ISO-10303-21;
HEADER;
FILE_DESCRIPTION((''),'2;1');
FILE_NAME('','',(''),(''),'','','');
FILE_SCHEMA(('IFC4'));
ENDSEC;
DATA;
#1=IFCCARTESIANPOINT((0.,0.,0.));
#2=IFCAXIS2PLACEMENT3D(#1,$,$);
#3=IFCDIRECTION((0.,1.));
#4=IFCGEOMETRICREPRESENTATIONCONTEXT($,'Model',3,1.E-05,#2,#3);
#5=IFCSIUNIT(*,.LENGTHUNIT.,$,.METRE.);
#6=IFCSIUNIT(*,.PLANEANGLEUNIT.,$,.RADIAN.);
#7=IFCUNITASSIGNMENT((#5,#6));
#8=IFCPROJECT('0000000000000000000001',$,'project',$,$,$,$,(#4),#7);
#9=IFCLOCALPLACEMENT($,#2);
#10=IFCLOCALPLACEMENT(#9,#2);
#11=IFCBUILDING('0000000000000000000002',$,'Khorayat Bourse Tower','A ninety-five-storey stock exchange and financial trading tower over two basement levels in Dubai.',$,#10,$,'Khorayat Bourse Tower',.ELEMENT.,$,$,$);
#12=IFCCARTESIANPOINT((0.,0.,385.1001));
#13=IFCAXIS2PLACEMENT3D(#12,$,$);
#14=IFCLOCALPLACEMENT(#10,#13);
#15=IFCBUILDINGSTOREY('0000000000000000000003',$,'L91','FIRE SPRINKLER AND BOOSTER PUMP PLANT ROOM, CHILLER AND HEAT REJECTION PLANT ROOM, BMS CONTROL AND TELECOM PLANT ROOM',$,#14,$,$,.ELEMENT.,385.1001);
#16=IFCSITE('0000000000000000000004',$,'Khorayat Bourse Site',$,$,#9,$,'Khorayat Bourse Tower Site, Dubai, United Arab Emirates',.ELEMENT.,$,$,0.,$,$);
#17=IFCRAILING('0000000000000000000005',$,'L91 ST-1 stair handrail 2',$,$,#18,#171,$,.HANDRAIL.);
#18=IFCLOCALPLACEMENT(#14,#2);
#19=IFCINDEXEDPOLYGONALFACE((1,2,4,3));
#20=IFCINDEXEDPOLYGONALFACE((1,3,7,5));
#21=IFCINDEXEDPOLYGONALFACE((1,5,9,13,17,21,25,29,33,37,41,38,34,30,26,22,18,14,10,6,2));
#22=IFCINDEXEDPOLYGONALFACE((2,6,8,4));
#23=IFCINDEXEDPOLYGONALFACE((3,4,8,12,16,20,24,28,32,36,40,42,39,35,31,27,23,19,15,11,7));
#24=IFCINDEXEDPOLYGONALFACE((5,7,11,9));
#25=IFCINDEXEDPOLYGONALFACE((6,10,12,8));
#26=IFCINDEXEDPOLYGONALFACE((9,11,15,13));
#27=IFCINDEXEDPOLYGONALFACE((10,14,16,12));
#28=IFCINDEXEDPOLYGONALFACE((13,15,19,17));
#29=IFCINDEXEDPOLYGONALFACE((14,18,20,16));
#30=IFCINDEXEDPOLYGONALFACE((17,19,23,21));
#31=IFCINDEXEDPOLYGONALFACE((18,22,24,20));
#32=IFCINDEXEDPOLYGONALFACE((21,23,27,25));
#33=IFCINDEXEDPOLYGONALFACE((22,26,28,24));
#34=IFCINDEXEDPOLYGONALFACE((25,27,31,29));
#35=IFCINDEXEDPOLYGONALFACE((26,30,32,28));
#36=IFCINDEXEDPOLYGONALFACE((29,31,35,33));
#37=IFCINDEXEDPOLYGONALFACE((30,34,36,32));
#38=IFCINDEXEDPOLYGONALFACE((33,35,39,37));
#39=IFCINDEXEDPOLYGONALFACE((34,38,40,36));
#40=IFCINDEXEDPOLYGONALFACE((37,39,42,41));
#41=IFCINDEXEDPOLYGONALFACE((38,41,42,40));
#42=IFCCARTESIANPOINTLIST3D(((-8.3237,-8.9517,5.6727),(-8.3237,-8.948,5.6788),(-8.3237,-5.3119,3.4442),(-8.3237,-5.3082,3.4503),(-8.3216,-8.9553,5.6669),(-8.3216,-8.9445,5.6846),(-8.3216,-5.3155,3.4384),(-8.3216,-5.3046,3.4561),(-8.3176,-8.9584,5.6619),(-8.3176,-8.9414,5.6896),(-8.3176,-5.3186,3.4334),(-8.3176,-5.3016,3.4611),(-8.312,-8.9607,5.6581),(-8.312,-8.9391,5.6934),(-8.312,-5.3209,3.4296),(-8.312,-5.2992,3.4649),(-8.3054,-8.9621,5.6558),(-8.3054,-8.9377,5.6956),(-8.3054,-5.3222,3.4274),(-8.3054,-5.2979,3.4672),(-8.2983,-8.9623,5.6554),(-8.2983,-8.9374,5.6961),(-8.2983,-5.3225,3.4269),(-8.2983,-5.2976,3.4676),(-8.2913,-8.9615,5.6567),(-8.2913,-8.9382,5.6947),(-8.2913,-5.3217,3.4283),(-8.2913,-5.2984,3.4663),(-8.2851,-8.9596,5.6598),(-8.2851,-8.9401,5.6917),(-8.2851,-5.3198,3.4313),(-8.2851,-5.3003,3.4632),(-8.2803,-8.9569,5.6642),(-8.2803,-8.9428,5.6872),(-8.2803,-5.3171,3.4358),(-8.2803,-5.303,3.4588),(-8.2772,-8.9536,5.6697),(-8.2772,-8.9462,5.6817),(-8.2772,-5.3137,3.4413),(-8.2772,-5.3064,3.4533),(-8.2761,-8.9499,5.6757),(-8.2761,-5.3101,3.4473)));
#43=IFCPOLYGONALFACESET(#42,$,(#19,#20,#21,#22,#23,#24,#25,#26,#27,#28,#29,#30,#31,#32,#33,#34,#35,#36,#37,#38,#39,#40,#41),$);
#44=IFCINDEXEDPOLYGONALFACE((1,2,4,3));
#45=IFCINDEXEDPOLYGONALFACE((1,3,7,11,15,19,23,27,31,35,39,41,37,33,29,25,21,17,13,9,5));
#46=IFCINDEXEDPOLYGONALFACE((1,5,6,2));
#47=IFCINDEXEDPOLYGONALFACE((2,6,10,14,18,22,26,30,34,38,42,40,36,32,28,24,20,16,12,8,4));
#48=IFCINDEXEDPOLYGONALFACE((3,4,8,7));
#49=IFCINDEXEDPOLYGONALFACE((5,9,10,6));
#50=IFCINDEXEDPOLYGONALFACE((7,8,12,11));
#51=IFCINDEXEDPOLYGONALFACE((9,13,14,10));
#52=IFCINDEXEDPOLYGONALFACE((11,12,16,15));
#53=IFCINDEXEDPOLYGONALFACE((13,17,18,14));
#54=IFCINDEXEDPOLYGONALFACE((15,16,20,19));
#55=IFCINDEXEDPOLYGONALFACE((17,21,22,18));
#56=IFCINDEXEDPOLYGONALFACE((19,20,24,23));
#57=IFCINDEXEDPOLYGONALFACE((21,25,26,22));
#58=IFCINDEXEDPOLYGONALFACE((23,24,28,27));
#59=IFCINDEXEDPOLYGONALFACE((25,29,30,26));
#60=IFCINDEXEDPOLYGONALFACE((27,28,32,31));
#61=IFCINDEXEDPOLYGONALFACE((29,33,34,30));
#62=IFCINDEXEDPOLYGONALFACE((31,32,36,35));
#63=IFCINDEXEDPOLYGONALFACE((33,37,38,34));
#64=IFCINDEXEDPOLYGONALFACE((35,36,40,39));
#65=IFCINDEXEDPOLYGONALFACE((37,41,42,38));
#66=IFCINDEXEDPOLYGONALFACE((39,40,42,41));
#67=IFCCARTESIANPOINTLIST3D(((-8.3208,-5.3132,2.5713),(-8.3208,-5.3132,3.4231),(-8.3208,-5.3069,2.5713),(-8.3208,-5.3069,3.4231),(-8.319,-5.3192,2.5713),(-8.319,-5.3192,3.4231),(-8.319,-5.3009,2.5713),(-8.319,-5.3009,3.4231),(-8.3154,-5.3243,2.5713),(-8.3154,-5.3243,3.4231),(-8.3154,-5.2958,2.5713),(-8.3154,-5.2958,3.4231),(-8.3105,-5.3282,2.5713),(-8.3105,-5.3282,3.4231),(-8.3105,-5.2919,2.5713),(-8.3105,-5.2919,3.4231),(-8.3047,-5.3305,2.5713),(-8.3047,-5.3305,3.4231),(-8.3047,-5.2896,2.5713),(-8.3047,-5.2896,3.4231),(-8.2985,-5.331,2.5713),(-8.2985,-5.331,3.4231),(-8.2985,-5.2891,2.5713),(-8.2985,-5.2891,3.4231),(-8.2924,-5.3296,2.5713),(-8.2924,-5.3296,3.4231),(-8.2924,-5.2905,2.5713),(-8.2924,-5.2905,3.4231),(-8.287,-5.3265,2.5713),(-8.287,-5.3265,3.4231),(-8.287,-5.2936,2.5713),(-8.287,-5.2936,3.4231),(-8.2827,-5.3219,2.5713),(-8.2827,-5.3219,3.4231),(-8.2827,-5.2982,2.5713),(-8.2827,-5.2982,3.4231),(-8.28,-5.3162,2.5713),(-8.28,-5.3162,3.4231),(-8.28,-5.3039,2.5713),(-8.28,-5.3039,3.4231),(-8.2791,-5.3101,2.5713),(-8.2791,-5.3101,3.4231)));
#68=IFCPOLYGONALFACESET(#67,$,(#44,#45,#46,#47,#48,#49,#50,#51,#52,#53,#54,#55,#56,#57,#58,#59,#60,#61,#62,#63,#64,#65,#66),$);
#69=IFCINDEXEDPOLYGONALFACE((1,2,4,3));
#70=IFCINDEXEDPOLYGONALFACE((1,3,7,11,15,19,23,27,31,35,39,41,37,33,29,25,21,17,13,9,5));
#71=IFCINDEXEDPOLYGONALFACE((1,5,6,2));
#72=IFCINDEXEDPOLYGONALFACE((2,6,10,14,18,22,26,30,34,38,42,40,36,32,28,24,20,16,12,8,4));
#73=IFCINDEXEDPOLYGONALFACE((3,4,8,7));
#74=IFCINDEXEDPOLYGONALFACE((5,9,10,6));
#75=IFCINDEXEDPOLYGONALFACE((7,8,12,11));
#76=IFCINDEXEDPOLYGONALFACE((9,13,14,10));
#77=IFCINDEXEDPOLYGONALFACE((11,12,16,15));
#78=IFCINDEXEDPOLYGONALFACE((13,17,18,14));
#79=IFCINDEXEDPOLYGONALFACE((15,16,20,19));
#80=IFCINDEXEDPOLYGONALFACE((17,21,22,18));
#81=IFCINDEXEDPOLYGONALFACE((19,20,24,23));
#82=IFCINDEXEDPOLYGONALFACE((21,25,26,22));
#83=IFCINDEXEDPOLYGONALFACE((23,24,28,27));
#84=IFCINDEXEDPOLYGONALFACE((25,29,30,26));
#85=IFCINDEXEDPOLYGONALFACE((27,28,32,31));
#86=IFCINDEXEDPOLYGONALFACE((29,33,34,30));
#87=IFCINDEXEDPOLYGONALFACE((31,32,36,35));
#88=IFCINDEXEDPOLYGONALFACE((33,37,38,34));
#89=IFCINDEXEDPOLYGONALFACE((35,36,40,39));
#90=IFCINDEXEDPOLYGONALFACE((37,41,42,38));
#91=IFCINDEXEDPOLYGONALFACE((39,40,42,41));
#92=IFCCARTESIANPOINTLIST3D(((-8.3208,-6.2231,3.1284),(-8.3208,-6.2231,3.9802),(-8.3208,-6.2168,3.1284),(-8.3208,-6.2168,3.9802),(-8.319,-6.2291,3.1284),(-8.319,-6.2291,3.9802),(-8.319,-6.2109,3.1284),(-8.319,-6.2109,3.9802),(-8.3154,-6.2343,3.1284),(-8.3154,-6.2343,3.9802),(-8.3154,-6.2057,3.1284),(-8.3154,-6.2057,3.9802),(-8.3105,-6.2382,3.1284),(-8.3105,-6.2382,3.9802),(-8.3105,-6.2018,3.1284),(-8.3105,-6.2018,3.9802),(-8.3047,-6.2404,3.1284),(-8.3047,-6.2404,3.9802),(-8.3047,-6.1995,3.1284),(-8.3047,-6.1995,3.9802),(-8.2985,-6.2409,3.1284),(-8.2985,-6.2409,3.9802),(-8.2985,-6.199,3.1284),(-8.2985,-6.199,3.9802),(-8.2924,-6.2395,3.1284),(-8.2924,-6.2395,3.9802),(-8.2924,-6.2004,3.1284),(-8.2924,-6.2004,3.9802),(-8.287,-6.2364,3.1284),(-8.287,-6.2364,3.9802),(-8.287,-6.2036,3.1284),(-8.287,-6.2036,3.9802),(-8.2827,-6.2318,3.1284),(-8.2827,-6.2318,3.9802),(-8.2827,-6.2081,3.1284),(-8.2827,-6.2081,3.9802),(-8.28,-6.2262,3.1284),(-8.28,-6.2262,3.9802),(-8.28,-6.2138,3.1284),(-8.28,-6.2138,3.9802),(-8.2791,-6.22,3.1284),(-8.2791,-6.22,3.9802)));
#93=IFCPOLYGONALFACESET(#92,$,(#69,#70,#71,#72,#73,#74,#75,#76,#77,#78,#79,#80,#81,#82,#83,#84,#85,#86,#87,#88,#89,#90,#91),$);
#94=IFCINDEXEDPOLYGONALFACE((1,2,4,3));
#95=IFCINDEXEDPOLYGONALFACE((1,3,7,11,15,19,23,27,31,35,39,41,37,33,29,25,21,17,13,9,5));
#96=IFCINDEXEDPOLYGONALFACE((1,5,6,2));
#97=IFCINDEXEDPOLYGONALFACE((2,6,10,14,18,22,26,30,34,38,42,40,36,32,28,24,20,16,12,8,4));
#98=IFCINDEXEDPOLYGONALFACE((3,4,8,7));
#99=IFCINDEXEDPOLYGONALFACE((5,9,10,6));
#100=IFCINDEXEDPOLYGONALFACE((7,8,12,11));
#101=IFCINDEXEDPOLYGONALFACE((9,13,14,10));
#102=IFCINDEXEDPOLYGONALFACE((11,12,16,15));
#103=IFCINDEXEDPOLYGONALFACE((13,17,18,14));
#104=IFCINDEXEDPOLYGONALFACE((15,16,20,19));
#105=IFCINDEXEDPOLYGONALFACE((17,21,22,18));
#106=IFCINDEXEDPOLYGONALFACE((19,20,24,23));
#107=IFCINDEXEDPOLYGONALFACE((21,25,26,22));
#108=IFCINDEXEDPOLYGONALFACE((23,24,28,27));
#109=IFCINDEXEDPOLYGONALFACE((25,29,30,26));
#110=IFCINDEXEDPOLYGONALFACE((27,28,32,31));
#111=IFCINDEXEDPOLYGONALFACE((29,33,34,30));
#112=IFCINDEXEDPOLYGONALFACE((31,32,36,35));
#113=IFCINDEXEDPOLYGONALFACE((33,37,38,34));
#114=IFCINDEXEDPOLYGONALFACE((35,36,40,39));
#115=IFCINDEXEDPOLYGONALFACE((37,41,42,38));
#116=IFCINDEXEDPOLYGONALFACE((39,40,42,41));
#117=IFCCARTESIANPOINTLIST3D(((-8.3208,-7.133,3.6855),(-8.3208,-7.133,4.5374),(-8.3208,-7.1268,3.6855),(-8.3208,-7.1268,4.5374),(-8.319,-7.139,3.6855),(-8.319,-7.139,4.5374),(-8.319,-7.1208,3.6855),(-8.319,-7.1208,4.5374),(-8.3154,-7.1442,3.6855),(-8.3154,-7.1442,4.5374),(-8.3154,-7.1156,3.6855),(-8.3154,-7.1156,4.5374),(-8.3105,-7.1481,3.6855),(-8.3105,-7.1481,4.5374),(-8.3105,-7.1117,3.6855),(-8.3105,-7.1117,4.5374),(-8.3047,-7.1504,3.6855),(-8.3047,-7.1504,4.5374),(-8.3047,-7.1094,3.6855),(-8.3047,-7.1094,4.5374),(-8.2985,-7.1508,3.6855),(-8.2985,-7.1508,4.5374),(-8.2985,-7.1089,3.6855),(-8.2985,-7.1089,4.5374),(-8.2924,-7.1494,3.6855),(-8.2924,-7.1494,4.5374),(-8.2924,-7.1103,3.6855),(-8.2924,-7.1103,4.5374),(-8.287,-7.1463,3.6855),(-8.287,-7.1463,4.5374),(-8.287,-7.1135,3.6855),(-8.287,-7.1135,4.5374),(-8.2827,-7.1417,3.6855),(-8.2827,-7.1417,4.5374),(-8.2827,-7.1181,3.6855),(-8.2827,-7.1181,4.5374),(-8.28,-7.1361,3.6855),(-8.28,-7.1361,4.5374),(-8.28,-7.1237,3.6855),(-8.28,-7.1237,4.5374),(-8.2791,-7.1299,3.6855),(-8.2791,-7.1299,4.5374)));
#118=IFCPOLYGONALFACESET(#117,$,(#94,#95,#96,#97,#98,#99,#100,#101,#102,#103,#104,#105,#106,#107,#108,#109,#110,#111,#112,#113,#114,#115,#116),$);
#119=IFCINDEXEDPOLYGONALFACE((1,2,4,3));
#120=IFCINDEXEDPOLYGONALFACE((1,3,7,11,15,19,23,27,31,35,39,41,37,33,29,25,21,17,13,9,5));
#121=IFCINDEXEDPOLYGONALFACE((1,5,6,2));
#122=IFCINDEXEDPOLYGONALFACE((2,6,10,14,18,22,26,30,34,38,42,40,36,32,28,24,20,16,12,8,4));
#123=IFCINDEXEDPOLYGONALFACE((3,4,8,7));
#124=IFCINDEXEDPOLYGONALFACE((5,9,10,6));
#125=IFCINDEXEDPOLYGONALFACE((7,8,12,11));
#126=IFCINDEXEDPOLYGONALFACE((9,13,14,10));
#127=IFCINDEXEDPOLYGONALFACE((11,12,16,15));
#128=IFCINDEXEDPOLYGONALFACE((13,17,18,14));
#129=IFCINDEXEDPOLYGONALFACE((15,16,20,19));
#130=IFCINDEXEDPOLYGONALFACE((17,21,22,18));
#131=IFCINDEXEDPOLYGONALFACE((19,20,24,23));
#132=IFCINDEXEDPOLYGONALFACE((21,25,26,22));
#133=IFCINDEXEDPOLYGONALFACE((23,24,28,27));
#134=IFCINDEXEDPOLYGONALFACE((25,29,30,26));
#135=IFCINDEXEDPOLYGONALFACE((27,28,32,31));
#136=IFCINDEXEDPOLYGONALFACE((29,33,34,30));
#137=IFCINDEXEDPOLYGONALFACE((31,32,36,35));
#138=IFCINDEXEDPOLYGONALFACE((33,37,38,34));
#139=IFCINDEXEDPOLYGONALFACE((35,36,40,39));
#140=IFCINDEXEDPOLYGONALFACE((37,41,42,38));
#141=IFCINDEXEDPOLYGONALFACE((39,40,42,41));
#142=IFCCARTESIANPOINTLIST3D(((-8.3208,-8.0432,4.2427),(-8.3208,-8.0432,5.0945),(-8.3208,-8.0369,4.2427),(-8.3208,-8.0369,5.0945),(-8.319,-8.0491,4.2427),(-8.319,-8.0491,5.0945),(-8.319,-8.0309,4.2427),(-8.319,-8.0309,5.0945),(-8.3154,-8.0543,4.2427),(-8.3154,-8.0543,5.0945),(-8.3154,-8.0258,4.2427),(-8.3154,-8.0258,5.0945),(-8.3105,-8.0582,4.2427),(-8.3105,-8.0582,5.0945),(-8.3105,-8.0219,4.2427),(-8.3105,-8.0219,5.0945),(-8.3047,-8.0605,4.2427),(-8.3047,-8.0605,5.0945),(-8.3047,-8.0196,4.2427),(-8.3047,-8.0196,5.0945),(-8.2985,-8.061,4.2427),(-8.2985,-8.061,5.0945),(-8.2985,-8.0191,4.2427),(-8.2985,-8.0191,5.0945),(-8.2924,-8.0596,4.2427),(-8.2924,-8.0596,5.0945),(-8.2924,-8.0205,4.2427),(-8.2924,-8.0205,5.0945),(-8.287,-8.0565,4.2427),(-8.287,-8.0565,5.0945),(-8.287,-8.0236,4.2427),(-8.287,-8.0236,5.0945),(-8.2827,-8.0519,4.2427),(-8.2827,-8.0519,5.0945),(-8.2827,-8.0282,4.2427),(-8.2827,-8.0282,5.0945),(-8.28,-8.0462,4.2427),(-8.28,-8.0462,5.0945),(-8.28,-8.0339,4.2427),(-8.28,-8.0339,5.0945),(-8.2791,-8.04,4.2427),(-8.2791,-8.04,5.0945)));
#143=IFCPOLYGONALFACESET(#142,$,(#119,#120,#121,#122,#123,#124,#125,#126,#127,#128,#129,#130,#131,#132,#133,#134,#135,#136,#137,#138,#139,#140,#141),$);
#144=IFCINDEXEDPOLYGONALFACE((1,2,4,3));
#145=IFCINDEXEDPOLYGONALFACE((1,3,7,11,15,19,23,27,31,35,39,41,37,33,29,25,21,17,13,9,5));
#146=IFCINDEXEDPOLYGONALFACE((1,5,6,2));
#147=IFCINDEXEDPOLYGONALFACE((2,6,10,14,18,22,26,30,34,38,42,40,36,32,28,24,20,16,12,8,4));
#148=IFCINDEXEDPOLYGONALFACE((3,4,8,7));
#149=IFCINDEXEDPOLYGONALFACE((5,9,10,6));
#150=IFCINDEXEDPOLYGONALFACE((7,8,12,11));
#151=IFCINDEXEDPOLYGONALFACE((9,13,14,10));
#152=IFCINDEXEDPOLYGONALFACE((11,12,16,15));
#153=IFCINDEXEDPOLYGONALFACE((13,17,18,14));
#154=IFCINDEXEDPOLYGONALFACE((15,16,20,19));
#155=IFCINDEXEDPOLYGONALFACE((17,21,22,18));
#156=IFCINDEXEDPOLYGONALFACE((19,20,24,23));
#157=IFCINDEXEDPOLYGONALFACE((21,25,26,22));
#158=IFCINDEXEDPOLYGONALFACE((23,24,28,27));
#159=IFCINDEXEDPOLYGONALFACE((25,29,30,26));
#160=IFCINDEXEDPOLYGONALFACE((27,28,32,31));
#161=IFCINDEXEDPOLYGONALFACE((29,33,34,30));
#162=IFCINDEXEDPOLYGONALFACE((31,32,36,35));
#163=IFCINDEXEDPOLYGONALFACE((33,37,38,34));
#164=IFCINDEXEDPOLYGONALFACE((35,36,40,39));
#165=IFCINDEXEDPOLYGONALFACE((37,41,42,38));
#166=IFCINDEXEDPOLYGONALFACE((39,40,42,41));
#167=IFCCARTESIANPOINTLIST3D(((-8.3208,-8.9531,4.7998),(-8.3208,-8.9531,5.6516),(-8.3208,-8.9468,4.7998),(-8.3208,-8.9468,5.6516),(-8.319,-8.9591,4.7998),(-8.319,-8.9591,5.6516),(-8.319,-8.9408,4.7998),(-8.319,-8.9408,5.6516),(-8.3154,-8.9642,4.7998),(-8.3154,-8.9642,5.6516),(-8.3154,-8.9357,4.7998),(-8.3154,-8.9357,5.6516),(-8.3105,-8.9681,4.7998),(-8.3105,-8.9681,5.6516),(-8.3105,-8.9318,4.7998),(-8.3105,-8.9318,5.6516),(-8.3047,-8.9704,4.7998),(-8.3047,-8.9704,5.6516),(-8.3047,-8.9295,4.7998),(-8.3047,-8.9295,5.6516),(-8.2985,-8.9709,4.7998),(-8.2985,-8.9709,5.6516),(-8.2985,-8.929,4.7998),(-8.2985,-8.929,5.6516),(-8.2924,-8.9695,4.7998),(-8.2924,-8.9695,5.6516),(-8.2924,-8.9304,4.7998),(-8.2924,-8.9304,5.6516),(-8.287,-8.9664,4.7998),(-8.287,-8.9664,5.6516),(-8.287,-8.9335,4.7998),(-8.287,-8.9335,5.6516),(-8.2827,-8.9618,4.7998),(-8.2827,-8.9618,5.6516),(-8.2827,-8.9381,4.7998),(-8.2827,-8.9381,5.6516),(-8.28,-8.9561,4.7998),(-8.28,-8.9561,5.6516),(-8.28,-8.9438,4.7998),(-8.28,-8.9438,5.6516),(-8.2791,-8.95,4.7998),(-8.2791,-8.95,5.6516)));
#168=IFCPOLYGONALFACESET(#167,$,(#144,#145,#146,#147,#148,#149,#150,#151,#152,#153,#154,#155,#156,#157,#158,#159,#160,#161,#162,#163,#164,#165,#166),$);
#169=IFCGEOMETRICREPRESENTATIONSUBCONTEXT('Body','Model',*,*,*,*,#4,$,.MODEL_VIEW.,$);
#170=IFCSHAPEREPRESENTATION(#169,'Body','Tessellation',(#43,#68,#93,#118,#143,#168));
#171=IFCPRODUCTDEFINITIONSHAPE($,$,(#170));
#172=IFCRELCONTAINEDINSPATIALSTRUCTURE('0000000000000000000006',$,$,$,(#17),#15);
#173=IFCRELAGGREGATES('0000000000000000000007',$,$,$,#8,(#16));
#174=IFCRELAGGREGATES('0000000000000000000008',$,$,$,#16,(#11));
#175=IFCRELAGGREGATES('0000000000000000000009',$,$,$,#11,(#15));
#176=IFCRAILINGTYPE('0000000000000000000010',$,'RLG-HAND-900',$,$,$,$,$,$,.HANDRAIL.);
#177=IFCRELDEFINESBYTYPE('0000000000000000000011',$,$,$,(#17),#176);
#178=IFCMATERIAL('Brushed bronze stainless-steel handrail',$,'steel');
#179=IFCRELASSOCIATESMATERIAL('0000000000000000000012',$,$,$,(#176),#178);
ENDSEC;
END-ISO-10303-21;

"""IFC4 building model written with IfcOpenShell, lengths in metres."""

from ifc_helpers import new_model, si_unit, direction, frame, origin, origin_2d, place, context, subcontext, project, spatial, circle, extrude, source, transform, mapped, material, type_object, element, save


model = new_model("IFC4")

# Units and contexts
model_context = context("Model", 3, precision=1e-05, world=origin(), true_north=direction((0.0, 1.0)))
body_context = subcontext(model_context, "Body", "Model", "MODEL_VIEW")
ifc_project = project(units=[si_unit("LENGTHUNIT", "METRE"), si_unit("PLANEANGLEUNIT", "RADIAN")], contexts=[model_context])

# Site, building, storey
site_placement = place(None, origin())
site = spatial("IfcSite", under=ifc_project, at=site_placement, Name="Khorayat Bourse Site", LongName="Khorayat Bourse Tower Site, Dubai, United Arab Emirates", CompositionType="ELEMENT", RefElevation=0.0)
building_placement = place(site_placement, origin())
building = spatial("IfcBuilding", under=site, at=building_placement, Name="Khorayat Bourse Tower", Description="A ninety-five-storey stock exchange and financial trading tower over two basement levels in Dubai.", LongName="Khorayat Bourse Tower", CompositionType="ELEMENT")
storey_placement = place(building_placement, frame((0.0, 0.0, 385.1001)))
storey = spatial("IfcBuildingStorey", under=building, at=storey_placement, Name="L91", Description="FIRE SPRINKLER AND BOOSTER PUMP PLANT ROOM, CHILLER AND HEAT REJECTION PLANT ROOM, BMS CONTROL AND TELECOM PLANT ROOM", CompositionType="ELEMENT", Elevation=385.1001)

# Railing
ifc_material_1 = material(Name="Brushed bronze stainless-steel handrail", Category="steel")
railing_type_1 = type_object("IfcRailingType", Name="RLG-HAND-900", PredefinedType="HANDRAIL", material=ifc_material_1)
shared_shape_1 = source(origin(), body_context, "Body", "SweptSolid", [
    extrude(circle(Radius=0.0239, at=origin_2d()), frame((0.0, 0.0, 0.876), z_axis=(0.0, -0.85285, 0.522156), x_axis=(1.0, 0.0, 0.0)), (0.0, 0.0, 1.0), 4.2678),
    extrude(circle(Radius=0.021, at=origin_2d()), origin(), (0.0, 0.0, 1.0), 0.8518),
    extrude(circle(Radius=0.021, at=origin_2d()), frame((0.0, -0.9099, 0.5571)), (0.0, 0.0, 1.0), 0.8518),
    extrude(circle(Radius=0.021, at=origin_2d()), frame((0.0, -1.8198, 1.1143)), (0.0, 0.0, 1.0), 0.8518),
    extrude(circle(Radius=0.021, at=origin_2d()), frame((0.0, -2.73, 1.6714)), (0.0, 0.0, 1.0), 0.8518),
    extrude(circle(Radius=0.021, at=origin_2d()), frame((0.0, -3.6399, 2.2285)), (0.0, 0.0, 1.0), 0.8518),
])
railing_1_placement = place(storey_placement, frame((-8.3, -5.3101, 2.5713)))
element("IfcRailing", 1, at=railing_1_placement, inside=storey, type_object=railing_type_1, Name="L91 ST-1 stair handrail 2", PredefinedType="HANDRAIL", context=body_context, shape_type="MappedRepresentation", body=[
    mapped(shared_shape_1, transform((0.0, 0.0, 0.0), scale=1.0)),
])

save(model, "model.ifc")
